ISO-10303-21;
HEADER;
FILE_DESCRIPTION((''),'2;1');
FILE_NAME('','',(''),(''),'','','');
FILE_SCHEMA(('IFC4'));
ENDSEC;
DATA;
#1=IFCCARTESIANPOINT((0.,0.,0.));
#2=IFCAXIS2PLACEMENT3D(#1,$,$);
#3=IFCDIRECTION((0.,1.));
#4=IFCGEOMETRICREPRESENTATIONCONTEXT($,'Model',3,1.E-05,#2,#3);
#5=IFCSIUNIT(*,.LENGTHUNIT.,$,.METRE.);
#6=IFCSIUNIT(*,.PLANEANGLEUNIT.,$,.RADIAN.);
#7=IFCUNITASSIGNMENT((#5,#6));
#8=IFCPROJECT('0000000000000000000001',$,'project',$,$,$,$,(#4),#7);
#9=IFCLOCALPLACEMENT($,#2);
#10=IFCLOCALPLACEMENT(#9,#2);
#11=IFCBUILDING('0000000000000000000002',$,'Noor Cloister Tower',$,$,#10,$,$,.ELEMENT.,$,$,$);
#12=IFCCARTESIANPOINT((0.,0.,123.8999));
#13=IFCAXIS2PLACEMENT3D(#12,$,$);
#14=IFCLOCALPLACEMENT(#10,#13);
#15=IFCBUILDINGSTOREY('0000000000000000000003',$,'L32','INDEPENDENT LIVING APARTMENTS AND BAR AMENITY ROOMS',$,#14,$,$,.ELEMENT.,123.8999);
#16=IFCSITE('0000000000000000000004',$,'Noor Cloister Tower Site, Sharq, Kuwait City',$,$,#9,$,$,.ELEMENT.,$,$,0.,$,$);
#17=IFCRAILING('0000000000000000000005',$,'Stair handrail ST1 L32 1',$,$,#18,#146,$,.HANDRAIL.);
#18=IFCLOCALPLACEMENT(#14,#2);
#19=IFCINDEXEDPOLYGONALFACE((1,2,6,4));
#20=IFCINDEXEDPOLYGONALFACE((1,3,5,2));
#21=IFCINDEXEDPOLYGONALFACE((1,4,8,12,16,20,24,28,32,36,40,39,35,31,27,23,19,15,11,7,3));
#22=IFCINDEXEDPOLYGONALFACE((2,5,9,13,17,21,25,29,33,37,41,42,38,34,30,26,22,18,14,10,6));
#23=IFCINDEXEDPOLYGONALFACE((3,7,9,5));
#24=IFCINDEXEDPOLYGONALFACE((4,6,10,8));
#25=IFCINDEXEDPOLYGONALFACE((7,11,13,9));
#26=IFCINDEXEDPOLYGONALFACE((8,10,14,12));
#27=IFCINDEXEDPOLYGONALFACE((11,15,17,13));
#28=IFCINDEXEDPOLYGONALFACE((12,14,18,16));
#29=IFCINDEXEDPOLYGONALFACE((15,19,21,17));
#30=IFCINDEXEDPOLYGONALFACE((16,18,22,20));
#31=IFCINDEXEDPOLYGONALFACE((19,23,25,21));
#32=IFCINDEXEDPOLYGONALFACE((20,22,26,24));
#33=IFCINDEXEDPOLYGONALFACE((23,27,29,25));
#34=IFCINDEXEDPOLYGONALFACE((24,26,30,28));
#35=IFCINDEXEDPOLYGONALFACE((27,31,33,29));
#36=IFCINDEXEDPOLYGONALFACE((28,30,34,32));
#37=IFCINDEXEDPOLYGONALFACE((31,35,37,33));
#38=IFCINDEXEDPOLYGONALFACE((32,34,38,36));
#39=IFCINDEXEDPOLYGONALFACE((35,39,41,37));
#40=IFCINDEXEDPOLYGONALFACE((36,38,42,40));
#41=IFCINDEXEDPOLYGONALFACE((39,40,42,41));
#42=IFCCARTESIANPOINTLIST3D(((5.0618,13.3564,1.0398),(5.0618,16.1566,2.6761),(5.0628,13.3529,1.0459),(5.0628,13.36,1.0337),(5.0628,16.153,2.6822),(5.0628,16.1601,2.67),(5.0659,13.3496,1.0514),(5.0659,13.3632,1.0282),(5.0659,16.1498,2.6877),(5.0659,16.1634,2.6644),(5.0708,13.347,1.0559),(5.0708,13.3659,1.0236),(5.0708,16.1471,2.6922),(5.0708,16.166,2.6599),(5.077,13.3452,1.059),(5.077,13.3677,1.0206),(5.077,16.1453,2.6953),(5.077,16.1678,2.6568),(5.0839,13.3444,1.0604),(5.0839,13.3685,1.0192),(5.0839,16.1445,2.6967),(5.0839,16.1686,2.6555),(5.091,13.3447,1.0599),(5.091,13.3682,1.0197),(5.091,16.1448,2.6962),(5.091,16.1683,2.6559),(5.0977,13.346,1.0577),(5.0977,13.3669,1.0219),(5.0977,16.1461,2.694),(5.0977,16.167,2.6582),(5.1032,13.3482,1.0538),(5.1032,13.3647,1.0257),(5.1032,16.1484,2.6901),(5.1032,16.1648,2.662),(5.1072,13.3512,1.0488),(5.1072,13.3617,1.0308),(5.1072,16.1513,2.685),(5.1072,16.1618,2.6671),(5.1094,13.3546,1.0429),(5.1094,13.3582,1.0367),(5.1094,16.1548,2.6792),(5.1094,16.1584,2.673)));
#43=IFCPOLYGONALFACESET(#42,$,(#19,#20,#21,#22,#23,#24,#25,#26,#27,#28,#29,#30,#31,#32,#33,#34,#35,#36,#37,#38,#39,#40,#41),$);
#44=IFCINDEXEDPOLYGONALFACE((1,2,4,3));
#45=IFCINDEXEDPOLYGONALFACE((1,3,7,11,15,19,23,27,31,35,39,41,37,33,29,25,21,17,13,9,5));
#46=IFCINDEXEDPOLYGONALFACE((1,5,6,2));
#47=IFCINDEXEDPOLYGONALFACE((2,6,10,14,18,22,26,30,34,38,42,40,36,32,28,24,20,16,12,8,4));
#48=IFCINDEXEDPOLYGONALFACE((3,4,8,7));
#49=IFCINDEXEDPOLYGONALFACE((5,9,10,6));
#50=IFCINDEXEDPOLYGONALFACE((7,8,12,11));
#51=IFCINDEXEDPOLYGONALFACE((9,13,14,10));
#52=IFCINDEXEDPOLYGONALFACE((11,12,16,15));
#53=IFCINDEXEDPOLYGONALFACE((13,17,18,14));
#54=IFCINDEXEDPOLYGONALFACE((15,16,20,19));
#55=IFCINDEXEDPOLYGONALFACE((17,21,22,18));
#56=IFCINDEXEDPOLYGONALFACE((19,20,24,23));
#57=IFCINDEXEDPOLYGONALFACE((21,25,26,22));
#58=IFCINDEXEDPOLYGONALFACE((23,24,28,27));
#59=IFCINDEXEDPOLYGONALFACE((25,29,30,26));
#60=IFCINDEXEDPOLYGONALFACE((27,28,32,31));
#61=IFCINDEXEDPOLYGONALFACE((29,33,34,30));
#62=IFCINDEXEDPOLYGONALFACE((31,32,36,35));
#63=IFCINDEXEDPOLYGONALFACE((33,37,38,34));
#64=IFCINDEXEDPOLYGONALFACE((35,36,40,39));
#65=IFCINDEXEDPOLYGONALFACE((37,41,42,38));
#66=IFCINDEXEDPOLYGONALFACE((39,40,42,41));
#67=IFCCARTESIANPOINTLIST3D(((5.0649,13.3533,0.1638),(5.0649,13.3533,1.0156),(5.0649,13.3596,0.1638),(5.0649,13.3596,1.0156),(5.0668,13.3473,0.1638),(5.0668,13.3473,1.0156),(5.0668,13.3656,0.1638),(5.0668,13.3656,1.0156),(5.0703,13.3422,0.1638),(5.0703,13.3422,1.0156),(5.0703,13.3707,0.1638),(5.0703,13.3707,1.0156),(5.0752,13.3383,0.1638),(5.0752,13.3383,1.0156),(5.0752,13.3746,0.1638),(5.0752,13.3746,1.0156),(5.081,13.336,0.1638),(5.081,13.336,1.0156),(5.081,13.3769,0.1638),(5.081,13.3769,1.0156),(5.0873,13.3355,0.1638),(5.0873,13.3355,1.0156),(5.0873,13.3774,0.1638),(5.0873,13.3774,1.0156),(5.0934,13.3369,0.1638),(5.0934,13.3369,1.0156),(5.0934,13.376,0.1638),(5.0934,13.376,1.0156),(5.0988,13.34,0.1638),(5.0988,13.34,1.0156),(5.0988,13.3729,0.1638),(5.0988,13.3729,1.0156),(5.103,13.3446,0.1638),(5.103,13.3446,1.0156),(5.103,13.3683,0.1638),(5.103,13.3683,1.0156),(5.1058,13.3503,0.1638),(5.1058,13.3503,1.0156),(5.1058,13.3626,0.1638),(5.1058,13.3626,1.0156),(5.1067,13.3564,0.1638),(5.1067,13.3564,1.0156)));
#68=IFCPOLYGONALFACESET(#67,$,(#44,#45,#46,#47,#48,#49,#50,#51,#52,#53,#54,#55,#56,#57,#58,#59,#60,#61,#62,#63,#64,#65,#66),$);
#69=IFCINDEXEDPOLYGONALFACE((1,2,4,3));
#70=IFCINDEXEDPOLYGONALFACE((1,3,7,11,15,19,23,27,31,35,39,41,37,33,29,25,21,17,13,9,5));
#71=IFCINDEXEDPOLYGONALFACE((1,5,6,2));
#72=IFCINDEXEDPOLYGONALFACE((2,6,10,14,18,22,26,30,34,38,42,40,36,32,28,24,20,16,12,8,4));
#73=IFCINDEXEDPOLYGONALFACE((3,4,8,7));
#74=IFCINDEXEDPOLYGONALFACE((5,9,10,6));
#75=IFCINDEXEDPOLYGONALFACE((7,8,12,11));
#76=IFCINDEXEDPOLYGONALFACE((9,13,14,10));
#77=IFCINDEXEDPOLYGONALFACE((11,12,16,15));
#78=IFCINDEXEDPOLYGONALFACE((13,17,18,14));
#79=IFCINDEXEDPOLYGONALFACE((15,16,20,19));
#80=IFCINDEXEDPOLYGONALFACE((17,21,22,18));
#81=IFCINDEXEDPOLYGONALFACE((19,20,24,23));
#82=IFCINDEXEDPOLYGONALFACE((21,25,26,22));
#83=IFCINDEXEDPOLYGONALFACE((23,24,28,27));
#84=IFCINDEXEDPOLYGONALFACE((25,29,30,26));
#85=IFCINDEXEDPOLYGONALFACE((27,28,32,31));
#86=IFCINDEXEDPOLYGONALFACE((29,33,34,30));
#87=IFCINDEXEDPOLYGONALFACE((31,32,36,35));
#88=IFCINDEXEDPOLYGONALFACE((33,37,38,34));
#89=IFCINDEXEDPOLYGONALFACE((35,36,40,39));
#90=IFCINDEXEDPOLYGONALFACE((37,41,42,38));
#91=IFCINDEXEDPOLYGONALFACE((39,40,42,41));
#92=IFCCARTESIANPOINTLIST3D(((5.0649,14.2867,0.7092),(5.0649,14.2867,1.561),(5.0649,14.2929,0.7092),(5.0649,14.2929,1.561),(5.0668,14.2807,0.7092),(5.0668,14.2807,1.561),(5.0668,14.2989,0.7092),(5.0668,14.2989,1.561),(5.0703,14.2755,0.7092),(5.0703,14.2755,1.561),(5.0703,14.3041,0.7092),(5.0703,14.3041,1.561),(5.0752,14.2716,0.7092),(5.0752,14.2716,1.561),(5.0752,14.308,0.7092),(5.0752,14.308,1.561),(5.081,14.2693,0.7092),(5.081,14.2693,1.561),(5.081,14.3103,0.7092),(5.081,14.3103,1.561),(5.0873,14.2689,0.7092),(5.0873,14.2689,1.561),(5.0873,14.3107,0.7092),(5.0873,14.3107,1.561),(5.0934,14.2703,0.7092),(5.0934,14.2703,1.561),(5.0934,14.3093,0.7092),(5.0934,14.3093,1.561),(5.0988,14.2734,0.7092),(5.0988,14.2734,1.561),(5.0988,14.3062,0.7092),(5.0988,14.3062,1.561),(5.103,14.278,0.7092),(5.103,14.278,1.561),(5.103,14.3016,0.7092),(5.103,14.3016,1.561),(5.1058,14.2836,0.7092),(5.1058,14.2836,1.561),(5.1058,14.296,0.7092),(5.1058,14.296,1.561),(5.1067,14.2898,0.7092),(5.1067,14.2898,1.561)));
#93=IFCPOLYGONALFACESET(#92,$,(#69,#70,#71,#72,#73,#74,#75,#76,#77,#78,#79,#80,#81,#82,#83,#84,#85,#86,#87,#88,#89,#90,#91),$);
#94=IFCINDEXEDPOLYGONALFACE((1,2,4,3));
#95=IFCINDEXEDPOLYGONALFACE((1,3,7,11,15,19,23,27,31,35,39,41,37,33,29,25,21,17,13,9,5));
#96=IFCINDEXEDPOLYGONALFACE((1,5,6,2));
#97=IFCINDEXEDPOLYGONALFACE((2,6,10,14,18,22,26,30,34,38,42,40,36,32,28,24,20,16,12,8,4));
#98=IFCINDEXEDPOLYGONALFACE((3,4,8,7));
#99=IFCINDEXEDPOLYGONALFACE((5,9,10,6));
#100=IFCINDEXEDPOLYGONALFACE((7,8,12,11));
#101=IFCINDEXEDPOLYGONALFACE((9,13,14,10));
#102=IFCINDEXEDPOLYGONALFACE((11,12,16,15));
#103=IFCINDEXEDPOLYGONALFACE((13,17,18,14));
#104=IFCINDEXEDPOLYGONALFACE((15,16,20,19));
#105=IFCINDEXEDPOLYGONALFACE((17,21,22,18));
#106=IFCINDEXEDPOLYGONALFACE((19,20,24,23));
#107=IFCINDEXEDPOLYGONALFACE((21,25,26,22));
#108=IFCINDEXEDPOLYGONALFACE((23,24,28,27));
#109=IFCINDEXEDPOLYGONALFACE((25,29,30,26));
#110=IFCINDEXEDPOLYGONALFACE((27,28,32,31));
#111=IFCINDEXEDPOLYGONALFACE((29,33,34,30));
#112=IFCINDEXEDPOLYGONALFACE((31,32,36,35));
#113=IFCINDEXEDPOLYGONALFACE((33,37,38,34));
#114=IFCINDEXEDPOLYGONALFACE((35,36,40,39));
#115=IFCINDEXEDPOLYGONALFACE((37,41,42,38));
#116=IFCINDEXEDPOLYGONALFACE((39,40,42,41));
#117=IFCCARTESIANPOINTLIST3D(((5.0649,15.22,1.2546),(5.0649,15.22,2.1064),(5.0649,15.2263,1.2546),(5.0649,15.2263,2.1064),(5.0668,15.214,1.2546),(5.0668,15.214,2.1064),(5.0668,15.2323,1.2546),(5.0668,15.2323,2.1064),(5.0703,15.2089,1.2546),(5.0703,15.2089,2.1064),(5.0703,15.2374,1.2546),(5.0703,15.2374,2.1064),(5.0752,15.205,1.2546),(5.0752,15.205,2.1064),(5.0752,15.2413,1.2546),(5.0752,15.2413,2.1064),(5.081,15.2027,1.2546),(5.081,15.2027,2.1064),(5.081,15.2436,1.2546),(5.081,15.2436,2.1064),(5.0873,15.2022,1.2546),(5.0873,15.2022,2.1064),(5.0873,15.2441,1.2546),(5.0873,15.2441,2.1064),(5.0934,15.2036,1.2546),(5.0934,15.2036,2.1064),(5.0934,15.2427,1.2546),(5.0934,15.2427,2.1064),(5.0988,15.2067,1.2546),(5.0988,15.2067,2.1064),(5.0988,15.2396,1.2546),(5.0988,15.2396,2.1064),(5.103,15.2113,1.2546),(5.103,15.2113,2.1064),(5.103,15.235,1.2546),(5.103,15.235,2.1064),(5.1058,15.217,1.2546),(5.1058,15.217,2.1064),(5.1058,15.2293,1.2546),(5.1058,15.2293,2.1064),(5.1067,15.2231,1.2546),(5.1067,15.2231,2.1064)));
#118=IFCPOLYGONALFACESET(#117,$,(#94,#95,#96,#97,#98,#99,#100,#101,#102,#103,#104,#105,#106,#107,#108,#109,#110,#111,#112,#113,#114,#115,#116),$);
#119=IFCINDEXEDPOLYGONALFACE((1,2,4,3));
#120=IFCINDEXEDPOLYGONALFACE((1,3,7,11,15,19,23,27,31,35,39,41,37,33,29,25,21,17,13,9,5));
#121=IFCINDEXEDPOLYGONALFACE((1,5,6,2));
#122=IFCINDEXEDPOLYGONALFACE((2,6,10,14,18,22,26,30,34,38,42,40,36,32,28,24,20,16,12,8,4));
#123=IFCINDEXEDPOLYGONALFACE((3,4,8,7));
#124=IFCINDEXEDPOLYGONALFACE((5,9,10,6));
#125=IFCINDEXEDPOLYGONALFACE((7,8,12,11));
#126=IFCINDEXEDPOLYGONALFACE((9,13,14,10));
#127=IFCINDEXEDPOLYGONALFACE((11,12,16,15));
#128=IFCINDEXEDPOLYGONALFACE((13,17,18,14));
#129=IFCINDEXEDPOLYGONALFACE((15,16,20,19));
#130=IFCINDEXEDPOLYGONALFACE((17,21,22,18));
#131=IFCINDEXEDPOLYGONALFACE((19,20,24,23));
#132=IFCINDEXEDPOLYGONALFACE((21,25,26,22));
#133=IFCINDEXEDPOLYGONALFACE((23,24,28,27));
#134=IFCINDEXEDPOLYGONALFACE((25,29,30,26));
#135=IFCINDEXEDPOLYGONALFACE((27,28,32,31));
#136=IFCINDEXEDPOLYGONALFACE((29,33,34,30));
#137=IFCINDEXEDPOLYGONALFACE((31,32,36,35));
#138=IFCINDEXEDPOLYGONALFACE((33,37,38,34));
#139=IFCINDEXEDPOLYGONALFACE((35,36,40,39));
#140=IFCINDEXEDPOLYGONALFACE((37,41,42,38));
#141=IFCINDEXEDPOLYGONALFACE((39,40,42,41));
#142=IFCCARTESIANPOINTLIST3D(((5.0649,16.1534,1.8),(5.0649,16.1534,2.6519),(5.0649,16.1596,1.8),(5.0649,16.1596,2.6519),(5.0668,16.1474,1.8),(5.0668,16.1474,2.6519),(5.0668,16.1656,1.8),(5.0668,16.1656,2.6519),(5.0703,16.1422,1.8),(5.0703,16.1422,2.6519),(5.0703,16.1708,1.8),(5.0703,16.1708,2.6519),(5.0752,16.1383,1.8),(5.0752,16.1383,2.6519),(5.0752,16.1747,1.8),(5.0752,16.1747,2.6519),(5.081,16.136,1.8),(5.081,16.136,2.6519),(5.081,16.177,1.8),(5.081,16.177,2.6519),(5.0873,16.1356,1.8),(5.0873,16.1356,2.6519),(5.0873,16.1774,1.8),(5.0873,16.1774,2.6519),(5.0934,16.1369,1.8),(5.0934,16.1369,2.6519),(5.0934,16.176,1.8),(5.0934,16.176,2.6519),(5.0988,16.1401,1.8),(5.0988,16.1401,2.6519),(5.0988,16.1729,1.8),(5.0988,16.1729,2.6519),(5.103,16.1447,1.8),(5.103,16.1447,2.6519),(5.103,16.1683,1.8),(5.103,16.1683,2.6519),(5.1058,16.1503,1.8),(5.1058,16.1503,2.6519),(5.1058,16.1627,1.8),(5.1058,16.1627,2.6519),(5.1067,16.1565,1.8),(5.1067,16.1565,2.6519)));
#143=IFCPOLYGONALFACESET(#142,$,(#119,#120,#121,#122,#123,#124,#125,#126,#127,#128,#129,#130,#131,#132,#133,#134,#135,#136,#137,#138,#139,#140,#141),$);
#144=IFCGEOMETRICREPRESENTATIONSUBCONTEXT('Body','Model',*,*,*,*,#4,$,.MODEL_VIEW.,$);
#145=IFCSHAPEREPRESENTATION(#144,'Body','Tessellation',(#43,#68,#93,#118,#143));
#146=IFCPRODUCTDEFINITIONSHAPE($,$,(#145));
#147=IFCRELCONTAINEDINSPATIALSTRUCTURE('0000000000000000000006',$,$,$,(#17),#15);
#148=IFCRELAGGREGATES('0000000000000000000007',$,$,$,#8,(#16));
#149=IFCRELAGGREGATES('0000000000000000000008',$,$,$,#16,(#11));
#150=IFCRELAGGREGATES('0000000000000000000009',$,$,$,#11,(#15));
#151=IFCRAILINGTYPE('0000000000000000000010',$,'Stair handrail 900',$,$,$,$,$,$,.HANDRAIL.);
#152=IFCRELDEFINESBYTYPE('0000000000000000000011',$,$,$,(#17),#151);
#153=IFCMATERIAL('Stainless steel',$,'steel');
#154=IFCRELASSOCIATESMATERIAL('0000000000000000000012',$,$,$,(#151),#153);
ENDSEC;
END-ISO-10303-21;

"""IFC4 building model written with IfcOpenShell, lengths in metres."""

from ifc_helpers import new_model, si_unit, direction, frame, origin, origin_2d, place, context, subcontext, project, spatial, circle, extrude, material, type_object, element, save


model = new_model("IFC4")

# Units and contexts
model_context = context("Model", 3, precision=1e-05, world=origin(), true_north=direction((0.0, 1.0)))
body_context = subcontext(model_context, "Body", "Model", "MODEL_VIEW")
ifc_project = project(units=[si_unit("LENGTHUNIT", "METRE"), si_unit("PLANEANGLEUNIT", "RADIAN")], contexts=[model_context])

# Site, building, storey
site_placement = place(None, origin())
site = spatial("IfcSite", under=ifc_project, at=site_placement, Name="Noor Cloister Tower Site, Sharq, Kuwait City", CompositionType="ELEMENT", RefElevation=0.0)
building_placement = place(site_placement, origin())
building = spatial("IfcBuilding", under=site, at=building_placement, Name="Noor Cloister Tower", CompositionType="ELEMENT")
storey_placement = place(building_placement, frame((0.0, 0.0, 123.8999)))
storey = spatial("IfcBuildingStorey", under=building, at=storey_placement, Name="L32", Description="INDEPENDENT LIVING APARTMENTS AND BAR AMENITY ROOMS", CompositionType="ELEMENT", Elevation=123.8999)

# Railing
ifc_material_1 = material(Name="Stainless steel", Category="steel")
railing_type_1 = type_object("IfcRailingType", Name="Stair handrail 900", PredefinedType="HANDRAIL", material=ifc_material_1)
railing_1_placement = place(storey_placement, frame((5.0857, 13.3564, 0.1638)))
element("IfcRailing", 1, at=railing_1_placement, inside=storey, type_object=railing_type_1, Name="Stair handrail ST1 L32 1", PredefinedType="HANDRAIL", context=body_context, shape_type="SweptSolid", body=[
    extrude(circle(Radius=0.0239, at=origin_2d()), frame((0.0, 0.0, 0.876), z_axis=(0.0, 0.863394, 0.504531), x_axis=(-1.0, 0.0, 0.0)), (0.0, 0.0, 1.0), 3.2432),
    extrude(circle(Radius=0.021, at=origin_2d()), origin(), (0.0, 0.0, 1.0), 0.8518),
    extrude(circle(Radius=0.021, at=origin_2d()), frame((0.0, 0.9333, 0.5454)), (0.0, 0.0, 1.0), 0.8518),
    extrude(circle(Radius=0.021, at=origin_2d()), frame((0.0, 1.8667, 1.0908)), (0.0, 0.0, 1.0), 0.8518),
    extrude(circle(Radius=0.021, at=origin_2d()), frame((0.0, 2.8, 1.6362)), (0.0, 0.0, 1.0), 0.8518),
])

save(model, "model.ifc")
